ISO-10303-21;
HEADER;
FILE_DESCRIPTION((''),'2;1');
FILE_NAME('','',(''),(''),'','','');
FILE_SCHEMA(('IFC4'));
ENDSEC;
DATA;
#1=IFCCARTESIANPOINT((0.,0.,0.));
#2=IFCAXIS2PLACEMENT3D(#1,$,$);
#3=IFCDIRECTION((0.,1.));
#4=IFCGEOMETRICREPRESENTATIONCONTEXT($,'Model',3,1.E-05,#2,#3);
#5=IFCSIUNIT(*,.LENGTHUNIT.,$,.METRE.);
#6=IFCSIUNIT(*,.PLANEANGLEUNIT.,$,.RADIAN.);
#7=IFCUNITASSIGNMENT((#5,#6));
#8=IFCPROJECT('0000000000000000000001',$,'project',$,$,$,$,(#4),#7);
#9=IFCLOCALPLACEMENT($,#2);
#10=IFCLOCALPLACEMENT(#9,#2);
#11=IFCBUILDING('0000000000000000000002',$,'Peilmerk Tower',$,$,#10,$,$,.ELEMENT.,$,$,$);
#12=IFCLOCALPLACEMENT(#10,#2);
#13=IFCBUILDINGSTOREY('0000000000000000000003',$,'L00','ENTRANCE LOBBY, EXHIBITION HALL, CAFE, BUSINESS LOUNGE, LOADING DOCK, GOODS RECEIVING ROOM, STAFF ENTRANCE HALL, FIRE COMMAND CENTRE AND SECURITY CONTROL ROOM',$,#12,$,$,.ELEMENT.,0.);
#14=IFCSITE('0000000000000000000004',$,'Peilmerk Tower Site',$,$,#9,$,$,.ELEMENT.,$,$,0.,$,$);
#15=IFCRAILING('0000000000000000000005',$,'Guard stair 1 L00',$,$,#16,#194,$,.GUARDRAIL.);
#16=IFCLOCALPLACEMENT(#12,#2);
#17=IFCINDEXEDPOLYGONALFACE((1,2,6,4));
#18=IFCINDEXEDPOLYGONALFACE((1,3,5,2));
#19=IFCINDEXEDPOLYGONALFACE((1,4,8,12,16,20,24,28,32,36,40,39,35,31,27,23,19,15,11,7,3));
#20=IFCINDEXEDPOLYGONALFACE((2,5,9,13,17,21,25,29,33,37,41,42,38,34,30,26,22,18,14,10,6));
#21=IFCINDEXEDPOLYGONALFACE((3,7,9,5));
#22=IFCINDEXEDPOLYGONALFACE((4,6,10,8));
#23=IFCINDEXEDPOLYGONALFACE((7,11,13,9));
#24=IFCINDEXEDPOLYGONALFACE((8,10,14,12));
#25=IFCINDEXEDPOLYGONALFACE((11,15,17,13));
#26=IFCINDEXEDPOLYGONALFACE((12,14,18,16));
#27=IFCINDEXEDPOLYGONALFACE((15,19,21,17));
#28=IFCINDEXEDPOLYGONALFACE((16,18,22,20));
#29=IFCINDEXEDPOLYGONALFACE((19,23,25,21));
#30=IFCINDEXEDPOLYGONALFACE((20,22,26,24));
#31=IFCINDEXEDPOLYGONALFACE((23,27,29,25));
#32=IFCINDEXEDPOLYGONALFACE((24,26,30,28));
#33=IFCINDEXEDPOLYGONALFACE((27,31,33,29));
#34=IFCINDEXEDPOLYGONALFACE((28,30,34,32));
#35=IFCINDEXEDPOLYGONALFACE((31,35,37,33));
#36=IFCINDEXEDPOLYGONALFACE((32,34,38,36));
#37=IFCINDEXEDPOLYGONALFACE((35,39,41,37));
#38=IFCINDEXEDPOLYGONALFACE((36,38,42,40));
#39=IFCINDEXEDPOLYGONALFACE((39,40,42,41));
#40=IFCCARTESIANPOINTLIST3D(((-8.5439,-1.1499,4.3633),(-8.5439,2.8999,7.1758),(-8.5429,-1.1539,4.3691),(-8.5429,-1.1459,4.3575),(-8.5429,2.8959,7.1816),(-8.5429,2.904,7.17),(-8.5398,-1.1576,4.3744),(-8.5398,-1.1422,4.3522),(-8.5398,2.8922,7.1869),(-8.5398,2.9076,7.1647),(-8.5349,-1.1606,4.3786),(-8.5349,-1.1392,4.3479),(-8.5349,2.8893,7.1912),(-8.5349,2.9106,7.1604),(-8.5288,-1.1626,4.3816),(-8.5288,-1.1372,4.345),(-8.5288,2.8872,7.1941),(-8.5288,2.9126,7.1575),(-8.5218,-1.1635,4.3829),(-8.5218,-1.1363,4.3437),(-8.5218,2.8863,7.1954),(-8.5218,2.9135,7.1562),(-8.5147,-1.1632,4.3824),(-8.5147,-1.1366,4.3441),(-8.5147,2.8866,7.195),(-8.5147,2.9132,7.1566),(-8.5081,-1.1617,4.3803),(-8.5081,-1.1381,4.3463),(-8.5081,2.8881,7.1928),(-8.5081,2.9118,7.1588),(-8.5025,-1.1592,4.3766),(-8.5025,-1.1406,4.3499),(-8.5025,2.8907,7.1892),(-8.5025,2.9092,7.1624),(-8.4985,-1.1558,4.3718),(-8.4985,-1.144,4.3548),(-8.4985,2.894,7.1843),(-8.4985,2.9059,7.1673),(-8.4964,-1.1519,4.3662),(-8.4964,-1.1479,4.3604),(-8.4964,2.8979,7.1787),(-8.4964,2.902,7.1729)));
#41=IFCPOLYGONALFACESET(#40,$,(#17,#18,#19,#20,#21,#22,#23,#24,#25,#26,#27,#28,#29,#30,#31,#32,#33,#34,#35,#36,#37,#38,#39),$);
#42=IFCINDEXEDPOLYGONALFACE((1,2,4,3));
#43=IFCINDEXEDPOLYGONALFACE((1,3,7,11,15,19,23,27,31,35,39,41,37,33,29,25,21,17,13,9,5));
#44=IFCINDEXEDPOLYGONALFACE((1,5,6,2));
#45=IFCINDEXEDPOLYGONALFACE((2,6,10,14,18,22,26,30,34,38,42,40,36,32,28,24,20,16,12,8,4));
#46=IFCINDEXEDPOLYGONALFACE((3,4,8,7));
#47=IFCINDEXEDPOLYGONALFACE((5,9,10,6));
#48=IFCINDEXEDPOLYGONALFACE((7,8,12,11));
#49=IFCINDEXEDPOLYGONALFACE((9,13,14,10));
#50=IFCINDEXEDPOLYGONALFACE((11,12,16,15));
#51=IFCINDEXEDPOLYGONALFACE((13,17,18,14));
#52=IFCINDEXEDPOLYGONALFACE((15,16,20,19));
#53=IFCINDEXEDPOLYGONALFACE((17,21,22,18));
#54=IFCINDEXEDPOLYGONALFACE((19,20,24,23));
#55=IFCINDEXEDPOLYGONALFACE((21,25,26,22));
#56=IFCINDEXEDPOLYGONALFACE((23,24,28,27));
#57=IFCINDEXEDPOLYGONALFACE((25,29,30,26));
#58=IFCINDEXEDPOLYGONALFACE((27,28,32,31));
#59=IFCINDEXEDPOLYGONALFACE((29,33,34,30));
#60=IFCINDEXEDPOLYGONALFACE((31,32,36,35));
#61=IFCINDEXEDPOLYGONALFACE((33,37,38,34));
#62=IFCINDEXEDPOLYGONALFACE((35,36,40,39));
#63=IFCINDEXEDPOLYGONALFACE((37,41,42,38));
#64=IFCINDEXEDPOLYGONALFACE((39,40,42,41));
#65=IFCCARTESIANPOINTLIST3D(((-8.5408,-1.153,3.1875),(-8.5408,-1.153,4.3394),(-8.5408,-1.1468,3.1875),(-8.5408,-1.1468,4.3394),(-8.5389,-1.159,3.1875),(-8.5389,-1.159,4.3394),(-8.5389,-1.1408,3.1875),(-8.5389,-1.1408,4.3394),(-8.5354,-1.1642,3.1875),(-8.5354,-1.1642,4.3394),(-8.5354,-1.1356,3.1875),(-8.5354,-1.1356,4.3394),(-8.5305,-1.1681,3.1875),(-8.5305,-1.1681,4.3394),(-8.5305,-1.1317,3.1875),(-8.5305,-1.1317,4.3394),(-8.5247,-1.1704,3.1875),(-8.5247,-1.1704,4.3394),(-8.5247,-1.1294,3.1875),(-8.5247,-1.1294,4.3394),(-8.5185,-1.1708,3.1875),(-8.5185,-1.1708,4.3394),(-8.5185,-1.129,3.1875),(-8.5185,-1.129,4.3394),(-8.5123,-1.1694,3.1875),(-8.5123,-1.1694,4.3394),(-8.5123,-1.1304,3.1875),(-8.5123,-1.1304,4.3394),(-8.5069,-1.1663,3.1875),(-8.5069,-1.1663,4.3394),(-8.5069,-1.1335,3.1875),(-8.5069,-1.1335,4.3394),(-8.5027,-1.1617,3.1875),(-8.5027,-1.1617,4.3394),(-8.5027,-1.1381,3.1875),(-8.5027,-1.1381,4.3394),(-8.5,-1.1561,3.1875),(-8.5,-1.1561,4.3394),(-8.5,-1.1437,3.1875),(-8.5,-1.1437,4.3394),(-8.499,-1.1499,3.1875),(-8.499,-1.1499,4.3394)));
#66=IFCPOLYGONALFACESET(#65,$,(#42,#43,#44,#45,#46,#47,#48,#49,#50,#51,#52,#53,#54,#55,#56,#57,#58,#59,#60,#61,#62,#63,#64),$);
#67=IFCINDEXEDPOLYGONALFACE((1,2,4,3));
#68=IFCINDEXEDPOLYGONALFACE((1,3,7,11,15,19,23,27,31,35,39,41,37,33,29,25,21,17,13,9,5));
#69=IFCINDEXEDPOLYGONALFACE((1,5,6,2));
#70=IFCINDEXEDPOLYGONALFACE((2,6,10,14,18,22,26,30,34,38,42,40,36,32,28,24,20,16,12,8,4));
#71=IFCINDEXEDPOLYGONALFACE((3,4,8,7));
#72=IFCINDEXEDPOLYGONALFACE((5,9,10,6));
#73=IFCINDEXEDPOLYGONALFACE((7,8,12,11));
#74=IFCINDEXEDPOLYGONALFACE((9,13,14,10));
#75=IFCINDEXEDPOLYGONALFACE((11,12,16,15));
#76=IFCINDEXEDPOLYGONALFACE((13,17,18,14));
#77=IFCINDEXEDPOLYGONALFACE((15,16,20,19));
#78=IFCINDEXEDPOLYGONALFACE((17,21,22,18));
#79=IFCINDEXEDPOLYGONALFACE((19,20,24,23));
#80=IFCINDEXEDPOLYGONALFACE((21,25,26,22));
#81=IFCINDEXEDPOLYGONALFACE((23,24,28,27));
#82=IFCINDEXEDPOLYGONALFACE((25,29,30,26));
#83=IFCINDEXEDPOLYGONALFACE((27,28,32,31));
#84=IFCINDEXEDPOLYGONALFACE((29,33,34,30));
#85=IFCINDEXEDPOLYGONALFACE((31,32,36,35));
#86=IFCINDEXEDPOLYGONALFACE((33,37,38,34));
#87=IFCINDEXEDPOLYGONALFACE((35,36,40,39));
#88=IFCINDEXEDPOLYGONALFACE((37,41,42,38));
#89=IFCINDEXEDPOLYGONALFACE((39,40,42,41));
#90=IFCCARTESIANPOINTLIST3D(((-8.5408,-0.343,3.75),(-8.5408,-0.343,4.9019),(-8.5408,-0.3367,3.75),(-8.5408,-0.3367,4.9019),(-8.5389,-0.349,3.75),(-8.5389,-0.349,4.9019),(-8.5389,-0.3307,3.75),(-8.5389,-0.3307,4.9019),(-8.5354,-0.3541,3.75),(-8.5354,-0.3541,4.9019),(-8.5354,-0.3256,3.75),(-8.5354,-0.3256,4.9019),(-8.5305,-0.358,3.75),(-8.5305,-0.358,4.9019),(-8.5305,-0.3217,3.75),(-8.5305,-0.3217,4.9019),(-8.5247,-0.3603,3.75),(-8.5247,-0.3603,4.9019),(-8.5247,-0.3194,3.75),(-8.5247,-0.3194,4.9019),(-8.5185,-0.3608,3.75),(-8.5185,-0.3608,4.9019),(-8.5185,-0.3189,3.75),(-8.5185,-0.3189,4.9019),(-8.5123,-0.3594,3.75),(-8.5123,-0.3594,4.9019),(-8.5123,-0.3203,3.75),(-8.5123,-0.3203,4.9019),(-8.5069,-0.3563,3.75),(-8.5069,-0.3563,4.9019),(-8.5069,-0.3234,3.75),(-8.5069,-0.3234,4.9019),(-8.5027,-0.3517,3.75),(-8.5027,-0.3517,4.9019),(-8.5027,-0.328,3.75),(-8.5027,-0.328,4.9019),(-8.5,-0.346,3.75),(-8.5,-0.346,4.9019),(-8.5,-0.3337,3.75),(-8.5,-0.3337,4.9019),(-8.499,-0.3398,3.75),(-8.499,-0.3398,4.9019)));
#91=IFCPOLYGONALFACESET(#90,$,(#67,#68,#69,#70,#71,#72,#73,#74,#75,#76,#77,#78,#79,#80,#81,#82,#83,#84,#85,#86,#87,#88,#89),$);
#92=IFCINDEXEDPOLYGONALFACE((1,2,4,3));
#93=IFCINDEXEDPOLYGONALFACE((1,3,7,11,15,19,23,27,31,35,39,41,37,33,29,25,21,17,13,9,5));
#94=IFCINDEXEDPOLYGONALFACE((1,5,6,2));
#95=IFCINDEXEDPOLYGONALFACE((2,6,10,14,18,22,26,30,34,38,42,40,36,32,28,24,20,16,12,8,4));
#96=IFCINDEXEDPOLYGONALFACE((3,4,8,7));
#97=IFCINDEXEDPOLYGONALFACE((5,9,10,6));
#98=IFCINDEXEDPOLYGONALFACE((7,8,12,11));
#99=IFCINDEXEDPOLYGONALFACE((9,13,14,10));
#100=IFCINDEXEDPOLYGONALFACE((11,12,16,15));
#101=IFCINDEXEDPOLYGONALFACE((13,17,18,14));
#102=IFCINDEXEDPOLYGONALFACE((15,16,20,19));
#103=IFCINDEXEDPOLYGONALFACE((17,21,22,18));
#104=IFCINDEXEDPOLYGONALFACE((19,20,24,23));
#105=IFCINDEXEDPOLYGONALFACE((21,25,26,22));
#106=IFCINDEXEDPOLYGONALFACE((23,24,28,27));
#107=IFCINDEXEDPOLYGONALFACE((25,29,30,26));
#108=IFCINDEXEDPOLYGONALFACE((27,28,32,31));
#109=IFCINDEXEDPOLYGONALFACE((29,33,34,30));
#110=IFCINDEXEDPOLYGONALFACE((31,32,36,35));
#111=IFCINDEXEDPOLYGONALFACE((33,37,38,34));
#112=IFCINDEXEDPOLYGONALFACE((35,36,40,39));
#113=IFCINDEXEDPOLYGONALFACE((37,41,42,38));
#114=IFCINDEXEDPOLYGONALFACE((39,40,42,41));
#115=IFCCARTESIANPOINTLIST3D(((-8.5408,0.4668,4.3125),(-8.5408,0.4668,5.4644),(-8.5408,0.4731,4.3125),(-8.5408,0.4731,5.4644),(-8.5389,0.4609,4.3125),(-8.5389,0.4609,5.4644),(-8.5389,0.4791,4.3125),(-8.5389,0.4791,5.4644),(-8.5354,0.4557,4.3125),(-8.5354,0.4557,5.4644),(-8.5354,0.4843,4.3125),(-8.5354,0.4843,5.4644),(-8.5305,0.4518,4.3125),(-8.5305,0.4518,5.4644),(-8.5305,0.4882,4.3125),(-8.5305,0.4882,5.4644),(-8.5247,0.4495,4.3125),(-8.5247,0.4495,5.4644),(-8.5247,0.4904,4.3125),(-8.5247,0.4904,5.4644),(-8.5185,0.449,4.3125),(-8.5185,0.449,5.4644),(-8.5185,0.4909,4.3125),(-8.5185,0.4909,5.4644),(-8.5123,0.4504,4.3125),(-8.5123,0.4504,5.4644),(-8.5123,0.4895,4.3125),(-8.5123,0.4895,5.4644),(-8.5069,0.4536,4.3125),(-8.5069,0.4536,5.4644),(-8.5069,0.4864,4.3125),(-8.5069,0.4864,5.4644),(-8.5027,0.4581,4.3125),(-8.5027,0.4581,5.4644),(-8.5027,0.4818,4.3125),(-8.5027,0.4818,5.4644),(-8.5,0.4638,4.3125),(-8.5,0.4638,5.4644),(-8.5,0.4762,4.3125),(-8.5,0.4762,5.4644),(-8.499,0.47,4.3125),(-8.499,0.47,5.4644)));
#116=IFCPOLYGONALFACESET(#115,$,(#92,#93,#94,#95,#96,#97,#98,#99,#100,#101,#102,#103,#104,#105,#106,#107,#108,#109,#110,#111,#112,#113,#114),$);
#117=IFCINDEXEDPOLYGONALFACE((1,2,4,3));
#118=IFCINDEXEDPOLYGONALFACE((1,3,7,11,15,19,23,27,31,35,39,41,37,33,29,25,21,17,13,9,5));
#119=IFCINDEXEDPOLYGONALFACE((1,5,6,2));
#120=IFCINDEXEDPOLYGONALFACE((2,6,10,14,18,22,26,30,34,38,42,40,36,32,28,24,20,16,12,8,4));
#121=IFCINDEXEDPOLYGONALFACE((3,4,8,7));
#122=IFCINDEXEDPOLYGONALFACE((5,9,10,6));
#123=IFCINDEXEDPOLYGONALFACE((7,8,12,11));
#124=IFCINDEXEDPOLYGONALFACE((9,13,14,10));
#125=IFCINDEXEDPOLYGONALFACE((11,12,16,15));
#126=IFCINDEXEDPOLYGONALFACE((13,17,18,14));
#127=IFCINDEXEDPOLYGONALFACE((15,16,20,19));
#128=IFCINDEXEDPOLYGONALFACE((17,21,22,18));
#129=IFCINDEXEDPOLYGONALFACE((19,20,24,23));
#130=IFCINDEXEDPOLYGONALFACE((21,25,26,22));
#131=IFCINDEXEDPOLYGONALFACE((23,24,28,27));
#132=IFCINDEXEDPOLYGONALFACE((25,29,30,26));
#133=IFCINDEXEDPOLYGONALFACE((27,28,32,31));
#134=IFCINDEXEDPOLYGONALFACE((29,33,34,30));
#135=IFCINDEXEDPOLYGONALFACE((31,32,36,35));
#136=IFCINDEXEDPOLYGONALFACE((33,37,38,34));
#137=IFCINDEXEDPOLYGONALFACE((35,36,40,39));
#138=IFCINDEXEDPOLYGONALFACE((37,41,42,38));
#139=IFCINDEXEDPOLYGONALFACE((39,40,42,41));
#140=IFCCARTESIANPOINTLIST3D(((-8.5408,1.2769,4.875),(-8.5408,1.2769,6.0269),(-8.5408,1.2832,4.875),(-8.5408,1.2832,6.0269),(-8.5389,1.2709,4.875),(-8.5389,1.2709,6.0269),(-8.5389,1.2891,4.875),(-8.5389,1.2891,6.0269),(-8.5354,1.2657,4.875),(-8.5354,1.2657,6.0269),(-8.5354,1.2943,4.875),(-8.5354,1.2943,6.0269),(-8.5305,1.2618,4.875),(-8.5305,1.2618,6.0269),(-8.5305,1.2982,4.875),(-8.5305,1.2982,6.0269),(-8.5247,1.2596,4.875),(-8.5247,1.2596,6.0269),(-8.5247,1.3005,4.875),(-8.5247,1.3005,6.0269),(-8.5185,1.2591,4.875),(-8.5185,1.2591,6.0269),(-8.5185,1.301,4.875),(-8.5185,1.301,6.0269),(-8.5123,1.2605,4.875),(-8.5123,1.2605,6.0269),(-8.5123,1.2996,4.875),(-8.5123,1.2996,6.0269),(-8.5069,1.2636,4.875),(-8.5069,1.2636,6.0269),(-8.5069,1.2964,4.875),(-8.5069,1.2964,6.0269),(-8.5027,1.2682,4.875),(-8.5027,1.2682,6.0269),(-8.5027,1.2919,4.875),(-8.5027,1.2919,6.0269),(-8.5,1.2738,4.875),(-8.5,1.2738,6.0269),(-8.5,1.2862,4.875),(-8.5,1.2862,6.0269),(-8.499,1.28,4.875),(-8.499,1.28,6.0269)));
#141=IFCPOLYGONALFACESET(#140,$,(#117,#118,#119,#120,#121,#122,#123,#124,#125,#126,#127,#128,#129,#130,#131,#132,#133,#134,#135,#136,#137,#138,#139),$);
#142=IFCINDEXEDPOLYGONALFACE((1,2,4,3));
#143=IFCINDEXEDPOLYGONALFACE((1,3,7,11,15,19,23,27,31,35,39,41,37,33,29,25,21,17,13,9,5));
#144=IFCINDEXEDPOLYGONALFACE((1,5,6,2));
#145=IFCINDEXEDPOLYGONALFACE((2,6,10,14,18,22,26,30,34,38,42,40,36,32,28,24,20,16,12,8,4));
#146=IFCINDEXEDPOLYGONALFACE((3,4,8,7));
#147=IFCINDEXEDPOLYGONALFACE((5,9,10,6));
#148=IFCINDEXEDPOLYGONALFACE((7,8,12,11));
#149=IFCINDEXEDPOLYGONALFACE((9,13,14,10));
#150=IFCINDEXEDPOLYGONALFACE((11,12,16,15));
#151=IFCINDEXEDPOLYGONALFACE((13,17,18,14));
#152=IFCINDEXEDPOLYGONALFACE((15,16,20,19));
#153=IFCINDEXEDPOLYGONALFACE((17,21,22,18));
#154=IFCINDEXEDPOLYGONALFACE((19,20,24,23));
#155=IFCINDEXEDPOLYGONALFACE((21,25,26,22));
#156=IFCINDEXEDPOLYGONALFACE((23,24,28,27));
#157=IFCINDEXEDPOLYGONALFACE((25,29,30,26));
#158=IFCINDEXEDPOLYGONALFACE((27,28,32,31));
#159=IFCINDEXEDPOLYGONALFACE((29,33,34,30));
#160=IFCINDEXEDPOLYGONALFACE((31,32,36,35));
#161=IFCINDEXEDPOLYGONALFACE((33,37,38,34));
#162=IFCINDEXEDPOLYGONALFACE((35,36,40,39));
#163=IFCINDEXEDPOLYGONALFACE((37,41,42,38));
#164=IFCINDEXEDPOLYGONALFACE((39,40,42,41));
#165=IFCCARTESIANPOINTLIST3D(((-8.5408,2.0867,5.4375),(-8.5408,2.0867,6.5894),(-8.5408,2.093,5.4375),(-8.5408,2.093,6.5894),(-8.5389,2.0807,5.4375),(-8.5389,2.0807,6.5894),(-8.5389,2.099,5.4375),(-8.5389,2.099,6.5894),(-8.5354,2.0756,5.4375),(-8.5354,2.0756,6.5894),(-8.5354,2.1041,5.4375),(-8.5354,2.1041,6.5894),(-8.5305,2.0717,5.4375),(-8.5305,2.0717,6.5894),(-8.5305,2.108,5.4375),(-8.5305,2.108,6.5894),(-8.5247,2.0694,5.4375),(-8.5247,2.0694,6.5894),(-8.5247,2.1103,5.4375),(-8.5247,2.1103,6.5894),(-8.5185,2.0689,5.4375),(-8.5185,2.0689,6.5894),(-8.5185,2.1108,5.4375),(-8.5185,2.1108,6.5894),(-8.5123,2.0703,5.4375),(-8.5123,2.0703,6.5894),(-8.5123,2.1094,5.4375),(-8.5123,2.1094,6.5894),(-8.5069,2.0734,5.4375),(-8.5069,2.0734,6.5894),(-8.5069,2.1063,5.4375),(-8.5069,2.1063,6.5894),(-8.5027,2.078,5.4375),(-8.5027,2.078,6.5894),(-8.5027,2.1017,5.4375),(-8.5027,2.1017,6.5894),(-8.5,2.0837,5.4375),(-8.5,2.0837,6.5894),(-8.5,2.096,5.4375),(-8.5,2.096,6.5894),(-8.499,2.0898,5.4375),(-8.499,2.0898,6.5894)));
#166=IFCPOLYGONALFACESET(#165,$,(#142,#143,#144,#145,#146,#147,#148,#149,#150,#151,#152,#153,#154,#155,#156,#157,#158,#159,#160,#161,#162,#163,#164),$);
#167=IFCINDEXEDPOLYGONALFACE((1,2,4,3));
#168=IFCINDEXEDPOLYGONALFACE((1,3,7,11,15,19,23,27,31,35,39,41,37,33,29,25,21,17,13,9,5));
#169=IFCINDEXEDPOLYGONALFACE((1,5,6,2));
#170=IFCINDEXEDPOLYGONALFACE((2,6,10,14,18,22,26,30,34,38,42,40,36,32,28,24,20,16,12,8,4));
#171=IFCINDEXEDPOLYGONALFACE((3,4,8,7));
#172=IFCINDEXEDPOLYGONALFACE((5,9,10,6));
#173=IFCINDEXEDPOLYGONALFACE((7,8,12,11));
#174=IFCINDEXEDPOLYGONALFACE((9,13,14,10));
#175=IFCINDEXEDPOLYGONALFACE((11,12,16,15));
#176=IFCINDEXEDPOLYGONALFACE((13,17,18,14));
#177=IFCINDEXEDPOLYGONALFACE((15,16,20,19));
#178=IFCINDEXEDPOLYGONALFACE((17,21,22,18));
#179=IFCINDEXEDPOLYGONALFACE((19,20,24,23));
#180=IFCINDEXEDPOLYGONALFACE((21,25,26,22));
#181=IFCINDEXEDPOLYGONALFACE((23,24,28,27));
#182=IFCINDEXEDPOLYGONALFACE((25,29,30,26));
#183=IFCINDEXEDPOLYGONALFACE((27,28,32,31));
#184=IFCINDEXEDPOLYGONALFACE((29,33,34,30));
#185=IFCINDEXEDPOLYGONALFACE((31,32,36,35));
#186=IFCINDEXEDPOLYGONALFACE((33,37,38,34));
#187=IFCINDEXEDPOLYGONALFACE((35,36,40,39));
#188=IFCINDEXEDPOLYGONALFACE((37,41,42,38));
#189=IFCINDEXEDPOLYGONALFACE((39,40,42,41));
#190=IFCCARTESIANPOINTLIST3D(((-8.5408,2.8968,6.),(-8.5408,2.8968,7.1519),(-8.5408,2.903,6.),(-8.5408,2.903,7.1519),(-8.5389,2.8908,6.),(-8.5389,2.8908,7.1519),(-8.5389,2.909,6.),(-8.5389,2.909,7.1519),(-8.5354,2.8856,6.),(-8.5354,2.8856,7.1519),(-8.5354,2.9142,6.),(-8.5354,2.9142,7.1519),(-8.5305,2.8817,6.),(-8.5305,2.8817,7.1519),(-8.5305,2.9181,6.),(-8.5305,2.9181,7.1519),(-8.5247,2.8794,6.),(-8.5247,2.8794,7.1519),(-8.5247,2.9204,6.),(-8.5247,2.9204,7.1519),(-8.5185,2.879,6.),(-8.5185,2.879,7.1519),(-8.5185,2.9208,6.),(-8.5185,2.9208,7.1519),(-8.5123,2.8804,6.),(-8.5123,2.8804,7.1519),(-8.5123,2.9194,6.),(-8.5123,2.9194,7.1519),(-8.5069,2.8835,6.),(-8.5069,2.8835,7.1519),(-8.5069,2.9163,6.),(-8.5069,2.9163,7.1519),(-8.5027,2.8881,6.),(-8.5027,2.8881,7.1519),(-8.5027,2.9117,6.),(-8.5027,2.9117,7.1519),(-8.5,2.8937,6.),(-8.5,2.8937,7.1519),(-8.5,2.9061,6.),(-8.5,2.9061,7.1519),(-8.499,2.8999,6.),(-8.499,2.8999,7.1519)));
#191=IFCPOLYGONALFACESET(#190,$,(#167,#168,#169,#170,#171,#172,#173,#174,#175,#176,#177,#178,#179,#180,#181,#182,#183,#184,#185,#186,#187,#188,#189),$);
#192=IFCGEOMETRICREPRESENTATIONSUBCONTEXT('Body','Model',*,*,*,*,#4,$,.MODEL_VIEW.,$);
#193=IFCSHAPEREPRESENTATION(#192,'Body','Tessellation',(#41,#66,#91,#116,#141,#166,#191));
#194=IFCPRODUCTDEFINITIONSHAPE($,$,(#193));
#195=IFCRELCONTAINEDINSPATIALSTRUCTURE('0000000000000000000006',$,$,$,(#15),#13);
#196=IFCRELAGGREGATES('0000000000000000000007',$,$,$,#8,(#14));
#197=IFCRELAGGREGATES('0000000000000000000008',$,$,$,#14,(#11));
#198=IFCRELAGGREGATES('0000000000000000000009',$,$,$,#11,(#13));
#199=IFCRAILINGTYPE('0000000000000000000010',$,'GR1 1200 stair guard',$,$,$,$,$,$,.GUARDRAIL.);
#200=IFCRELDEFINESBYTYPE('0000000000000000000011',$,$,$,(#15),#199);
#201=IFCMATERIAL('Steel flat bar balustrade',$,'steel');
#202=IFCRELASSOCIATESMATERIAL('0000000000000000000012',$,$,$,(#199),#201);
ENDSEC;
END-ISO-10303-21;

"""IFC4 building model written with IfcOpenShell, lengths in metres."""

from ifc_helpers import new_model, si_unit, direction, frame, origin, origin_2d, place, context, subcontext, project, spatial, circle, extrude, material, type_object, element, save


model = new_model("IFC4")

# Units and contexts
model_context = context("Model", 3, precision=1e-05, world=origin(), true_north=direction((0.0, 1.0)))
body_context = subcontext(model_context, "Body", "Model", "MODEL_VIEW")
ifc_project = project(units=[si_unit("LENGTHUNIT", "METRE"), si_unit("PLANEANGLEUNIT", "RADIAN")], contexts=[model_context])

# Site, building, storey
site_placement = place(None, origin())
site = spatial("IfcSite", under=ifc_project, at=site_placement, Name="Peilmerk Tower Site", CompositionType="ELEMENT", RefElevation=0.0)
building_placement = place(site_placement, origin())
building = spatial("IfcBuilding", under=site, at=building_placement, Name="Peilmerk Tower", CompositionType="ELEMENT")
storey_placement = place(building_placement, origin())
storey = spatial("IfcBuildingStorey", under=building, at=storey_placement, Name="L00", Description="ENTRANCE LOBBY, EXHIBITION HALL, CAFE, BUSINESS LOUNGE, LOADING DOCK, GOODS RECEIVING ROOM, STAFF ENTRANCE HALL, FIRE COMMAND CENTRE AND SECURITY CONTROL ROOM", CompositionType="ELEMENT", Elevation=0.0)

# Railing
ifc_material_1 = material(Name="Steel flat bar balustrade", Category="steel")
railing_type = type_object("IfcRailingType", Name="GR1 1200 stair guard", PredefinedType="GUARDRAIL", material=ifc_material_1)
railing_placement = place(storey_placement, frame((-8.52, -1.1499, 3.1875)))
element("IfcRailing", 1, at=railing_placement, inside=storey, type_object=railing_type, Name="Guard stair 1 L00", PredefinedType="GUARDRAIL", context=body_context, shape_type="SweptSolid", body=[
    extrude(circle(Radius=0.0239, at=origin_2d()), frame((0.0, 0.0, 1.1758), z_axis=(0.0, 0.821357, 0.570414), x_axis=(-1.0, 0.0, 0.0)), (0.0, 0.0, 1.0), 4.9307),
    extrude(circle(Radius=0.021, at=origin_2d()), origin(), (0.0, 0.0, 1.0), 1.1519),
    extrude(circle(Radius=0.021, at=origin_2d()), frame((0.0, 0.8101, 0.5625)), (0.0, 0.0, 1.0), 1.1519),
    extrude(circle(Radius=0.021, at=origin_2d()), frame((0.0, 1.6199, 1.125)), (0.0, 0.0, 1.0), 1.1519),
    extrude(circle(Radius=0.021, at=origin_2d()), frame((0.0, 2.4299, 1.6875)), (0.0, 0.0, 1.0), 1.1519),
    extrude(circle(Radius=0.021, at=origin_2d()), frame((0.0, 3.2397, 2.25)), (0.0, 0.0, 1.0), 1.1519),
    extrude(circle(Radius=0.021, at=origin_2d()), frame((0.0, 4.0498, 2.8125)), (0.0, 0.0, 1.0), 1.1519),
])

save(model, "model.ifc")
